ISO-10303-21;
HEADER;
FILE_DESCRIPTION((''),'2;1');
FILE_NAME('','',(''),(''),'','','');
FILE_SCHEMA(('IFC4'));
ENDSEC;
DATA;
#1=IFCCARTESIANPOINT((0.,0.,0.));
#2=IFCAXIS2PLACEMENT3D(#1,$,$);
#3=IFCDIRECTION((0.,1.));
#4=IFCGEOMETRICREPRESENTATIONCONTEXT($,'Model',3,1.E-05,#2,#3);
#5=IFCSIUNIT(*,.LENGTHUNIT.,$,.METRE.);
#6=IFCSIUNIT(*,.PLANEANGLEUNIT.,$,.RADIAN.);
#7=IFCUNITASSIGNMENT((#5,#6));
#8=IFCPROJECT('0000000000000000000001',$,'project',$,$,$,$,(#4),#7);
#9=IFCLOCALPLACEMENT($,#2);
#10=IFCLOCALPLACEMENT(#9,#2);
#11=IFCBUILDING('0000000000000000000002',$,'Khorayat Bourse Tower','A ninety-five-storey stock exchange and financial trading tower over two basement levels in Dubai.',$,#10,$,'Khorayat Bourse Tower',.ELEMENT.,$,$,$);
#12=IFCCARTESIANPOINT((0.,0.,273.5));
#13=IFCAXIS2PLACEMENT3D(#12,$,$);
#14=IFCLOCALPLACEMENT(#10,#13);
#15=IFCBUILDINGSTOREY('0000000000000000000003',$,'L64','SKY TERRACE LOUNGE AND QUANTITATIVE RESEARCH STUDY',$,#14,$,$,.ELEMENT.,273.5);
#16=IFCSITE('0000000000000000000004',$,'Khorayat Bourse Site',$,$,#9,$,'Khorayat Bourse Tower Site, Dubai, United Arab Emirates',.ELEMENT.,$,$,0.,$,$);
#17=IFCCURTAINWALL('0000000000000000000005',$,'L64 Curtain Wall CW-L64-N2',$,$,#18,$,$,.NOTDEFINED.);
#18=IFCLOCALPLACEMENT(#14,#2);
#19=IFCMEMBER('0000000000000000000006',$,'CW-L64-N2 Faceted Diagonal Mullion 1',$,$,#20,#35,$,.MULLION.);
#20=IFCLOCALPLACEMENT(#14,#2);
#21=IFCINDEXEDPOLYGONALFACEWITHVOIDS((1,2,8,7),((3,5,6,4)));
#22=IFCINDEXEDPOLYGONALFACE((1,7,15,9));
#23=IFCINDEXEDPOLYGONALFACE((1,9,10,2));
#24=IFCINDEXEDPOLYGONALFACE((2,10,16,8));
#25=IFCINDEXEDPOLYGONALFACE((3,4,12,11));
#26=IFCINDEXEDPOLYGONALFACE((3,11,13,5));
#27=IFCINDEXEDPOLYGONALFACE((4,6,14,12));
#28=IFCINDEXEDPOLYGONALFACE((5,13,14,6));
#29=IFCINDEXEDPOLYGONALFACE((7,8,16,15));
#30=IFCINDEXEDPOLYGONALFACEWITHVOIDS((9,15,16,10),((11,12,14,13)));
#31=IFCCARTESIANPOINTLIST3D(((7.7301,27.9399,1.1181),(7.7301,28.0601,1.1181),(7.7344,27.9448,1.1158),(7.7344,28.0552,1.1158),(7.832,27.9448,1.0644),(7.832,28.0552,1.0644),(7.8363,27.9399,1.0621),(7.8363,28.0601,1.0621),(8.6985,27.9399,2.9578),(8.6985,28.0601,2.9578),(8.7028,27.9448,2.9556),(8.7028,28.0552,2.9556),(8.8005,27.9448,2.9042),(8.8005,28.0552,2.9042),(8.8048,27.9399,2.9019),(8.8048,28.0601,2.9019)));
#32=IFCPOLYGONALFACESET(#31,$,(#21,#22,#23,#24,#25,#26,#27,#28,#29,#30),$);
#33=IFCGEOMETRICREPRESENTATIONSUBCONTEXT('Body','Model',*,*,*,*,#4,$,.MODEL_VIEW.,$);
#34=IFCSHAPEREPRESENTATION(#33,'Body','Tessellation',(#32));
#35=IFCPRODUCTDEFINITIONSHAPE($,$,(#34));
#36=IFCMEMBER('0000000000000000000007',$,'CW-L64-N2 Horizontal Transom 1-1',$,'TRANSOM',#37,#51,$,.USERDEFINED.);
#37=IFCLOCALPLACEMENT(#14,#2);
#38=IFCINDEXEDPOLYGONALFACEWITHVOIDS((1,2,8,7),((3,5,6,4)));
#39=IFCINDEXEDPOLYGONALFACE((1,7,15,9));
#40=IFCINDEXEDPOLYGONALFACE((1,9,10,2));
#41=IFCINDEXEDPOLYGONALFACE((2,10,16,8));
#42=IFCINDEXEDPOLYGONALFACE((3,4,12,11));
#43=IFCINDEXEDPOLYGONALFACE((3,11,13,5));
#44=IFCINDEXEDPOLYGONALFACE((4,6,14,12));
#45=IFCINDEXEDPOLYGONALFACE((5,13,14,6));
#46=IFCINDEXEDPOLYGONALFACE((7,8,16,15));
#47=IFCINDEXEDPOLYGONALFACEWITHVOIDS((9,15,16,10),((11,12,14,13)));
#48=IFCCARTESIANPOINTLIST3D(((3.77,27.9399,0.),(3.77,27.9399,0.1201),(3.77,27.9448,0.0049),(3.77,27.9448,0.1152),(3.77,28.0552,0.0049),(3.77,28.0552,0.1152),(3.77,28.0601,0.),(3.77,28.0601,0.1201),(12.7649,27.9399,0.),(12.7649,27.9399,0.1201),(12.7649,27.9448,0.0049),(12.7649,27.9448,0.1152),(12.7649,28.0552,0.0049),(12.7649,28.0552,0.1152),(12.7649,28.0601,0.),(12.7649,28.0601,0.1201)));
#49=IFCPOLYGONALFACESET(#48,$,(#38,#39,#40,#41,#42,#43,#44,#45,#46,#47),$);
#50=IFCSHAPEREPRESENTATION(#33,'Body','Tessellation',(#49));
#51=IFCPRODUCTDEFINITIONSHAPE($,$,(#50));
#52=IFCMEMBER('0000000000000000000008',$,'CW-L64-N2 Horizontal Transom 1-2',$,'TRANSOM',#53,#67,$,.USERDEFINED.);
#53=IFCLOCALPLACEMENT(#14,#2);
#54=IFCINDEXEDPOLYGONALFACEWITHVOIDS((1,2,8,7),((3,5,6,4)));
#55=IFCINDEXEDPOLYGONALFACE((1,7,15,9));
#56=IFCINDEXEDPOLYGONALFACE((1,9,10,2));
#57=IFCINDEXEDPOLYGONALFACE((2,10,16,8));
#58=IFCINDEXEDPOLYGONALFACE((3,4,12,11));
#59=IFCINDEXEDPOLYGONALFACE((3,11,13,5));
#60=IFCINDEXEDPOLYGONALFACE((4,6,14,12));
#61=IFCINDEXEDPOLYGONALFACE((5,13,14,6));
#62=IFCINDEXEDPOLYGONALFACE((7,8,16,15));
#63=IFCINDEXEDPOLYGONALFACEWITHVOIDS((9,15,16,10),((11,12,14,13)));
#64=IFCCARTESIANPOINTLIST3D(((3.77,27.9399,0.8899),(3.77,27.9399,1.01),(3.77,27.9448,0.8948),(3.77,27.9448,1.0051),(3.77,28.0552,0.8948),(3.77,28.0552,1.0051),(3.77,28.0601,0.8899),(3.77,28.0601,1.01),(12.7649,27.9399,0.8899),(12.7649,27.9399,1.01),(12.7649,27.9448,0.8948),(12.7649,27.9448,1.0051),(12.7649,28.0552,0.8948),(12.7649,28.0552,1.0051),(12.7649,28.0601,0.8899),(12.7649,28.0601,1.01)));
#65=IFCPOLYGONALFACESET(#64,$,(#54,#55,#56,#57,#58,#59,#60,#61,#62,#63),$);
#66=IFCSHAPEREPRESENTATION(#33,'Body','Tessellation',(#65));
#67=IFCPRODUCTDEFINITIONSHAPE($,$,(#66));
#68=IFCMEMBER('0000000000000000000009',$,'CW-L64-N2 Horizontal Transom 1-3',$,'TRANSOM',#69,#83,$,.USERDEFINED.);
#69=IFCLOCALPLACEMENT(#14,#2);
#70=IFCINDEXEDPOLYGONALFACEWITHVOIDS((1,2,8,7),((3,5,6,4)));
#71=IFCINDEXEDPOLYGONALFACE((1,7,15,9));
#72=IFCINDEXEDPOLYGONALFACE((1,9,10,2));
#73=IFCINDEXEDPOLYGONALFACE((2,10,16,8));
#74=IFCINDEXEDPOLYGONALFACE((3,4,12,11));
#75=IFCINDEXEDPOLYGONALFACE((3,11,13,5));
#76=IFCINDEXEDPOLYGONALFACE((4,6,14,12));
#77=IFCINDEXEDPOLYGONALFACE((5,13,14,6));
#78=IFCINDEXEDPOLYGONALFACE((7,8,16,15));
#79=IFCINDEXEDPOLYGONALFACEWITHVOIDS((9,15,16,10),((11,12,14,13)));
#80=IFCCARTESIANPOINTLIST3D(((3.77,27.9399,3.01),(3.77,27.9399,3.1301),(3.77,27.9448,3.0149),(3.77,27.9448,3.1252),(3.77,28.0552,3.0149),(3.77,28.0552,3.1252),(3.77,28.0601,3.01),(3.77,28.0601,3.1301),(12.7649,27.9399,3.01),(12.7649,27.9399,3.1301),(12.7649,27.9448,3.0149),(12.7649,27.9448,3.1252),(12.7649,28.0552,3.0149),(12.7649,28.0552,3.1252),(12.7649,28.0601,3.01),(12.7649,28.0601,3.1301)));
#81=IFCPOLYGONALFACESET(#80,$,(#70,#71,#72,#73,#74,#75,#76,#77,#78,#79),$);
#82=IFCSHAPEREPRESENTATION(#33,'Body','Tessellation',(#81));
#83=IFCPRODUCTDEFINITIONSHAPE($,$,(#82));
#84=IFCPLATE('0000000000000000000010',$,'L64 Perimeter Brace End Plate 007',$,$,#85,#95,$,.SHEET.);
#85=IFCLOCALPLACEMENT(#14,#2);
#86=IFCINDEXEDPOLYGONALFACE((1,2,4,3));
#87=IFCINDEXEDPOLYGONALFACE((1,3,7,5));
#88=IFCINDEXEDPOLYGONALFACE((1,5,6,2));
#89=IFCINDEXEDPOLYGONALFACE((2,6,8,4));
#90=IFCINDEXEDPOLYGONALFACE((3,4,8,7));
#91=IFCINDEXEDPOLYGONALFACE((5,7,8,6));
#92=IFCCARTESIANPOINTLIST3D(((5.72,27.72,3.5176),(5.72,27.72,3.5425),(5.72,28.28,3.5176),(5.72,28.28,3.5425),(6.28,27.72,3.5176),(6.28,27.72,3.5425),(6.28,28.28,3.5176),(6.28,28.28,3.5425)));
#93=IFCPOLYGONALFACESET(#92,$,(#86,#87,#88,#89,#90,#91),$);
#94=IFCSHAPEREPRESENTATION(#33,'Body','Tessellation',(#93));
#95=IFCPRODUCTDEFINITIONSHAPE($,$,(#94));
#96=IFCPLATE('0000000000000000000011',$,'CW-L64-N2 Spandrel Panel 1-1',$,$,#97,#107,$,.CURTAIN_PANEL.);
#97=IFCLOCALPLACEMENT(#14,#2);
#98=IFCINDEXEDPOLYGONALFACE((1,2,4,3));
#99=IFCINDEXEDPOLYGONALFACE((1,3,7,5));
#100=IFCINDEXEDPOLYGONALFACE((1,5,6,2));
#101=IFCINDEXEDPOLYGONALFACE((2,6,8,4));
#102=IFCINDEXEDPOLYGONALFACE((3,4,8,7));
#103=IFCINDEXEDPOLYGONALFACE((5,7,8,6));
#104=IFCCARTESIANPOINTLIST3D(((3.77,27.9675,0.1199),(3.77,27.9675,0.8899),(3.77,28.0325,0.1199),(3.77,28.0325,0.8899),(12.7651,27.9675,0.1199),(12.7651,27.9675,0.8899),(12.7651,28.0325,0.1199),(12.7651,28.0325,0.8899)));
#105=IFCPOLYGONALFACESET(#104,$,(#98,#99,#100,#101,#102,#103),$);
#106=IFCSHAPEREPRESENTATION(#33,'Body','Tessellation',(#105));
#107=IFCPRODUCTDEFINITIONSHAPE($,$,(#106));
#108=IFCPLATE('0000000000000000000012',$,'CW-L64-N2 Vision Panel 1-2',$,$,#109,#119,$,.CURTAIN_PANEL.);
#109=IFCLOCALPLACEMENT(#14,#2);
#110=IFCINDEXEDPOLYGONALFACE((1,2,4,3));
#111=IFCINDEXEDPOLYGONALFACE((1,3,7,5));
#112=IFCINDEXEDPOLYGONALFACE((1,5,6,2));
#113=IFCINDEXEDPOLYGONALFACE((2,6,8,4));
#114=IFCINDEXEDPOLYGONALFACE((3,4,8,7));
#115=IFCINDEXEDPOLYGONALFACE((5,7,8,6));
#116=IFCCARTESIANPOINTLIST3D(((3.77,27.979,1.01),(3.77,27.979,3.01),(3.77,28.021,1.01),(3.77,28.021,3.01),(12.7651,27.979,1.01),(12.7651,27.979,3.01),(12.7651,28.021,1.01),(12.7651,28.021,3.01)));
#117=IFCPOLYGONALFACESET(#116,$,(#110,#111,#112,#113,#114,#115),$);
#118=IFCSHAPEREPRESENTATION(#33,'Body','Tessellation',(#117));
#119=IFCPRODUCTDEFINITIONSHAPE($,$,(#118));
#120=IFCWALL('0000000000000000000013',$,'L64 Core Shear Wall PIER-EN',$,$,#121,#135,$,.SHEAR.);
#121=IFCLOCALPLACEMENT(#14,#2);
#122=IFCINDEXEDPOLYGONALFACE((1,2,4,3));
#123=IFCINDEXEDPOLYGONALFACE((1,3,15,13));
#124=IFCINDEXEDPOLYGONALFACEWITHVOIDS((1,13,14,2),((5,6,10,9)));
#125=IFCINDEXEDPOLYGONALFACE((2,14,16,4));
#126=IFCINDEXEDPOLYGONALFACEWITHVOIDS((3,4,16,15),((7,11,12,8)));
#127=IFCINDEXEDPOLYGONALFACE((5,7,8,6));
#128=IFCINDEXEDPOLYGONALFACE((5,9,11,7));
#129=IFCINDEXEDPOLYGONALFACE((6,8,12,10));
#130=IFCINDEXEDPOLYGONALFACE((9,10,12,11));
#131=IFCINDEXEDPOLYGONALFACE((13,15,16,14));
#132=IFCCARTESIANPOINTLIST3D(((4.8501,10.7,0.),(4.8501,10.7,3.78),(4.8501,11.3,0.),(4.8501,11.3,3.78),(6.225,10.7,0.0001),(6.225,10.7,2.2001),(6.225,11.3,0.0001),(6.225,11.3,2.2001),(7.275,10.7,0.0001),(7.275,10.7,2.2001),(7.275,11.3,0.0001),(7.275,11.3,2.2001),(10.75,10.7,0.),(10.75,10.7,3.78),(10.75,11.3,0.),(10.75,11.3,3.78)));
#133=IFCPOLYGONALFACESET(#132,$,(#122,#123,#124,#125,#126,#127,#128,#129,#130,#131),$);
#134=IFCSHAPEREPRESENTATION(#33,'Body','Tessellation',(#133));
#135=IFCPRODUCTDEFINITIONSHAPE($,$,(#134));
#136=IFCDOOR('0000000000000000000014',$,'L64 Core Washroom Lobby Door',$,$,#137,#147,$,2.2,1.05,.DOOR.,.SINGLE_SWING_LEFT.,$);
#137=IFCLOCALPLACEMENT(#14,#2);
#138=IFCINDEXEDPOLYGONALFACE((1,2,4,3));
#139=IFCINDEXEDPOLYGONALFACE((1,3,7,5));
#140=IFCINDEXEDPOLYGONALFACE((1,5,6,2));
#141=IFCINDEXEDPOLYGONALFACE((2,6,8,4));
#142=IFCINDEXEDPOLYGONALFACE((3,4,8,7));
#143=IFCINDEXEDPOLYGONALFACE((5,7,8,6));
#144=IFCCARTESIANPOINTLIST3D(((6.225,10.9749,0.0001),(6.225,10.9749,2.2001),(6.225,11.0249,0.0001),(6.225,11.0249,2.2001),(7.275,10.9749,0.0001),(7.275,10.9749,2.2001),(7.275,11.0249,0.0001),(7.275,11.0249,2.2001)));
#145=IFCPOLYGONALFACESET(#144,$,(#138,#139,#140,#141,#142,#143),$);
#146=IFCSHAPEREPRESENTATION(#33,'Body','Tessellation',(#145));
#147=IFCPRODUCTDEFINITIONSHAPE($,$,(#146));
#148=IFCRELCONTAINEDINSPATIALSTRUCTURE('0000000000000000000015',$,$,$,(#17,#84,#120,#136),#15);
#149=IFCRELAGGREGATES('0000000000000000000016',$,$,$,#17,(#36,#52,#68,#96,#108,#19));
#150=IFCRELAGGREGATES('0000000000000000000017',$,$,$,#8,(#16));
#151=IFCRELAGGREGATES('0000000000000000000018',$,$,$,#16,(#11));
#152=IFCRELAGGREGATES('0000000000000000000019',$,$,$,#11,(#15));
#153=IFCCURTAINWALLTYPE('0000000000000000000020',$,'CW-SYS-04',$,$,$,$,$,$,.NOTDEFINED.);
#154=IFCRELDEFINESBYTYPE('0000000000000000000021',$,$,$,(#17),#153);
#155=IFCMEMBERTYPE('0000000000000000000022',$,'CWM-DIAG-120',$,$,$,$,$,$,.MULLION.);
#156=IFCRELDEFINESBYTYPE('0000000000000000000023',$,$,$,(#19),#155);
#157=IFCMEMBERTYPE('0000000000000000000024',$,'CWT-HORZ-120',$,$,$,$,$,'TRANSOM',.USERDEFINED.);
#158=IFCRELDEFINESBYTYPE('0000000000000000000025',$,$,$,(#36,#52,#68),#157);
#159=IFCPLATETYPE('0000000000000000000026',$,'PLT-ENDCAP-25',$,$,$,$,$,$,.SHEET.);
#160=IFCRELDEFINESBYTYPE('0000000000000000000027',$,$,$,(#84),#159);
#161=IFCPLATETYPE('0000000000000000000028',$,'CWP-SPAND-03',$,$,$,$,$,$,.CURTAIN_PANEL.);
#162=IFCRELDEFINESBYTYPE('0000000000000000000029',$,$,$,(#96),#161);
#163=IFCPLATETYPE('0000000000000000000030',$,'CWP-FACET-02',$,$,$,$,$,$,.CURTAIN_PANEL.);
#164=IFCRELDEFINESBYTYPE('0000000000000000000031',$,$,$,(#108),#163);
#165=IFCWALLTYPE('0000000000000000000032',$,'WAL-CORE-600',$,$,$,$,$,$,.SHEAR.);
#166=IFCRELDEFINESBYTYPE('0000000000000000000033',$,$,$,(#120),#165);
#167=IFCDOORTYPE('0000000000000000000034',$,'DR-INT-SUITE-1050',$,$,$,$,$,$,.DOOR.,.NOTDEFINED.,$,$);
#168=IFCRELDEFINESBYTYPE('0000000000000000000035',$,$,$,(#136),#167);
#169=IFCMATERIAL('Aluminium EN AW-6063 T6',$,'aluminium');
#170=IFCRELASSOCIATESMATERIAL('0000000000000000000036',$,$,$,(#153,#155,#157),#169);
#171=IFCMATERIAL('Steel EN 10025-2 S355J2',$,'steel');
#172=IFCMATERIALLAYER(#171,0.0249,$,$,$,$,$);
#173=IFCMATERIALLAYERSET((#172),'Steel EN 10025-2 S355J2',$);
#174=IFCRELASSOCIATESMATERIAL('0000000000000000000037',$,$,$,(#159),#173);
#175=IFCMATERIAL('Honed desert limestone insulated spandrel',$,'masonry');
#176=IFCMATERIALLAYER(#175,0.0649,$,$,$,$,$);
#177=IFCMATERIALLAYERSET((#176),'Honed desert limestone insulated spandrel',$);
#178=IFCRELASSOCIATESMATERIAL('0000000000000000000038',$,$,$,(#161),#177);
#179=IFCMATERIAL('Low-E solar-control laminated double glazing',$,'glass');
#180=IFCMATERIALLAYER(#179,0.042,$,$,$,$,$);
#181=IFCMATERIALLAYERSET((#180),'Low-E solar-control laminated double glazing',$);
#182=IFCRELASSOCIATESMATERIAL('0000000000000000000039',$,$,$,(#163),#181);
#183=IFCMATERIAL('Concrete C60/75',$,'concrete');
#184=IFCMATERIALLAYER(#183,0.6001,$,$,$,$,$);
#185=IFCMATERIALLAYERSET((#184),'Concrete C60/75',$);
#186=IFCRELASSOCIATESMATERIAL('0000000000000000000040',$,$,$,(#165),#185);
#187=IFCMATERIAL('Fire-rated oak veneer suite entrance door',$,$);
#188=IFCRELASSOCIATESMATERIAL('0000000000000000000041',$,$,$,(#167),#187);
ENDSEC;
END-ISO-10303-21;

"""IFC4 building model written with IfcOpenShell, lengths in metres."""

from ifc_helpers import new_model, si_unit, direction, frame, frame_2d, origin, origin_2d, place, context, subcontext, project, spatial, rectangle, hollow_rectangle, extrude, source, transform, mapped, material, layer, layer_set, material_profile, profile_set, type_object, element, fill, aggregate, save


model = new_model("IFC4")

# Units and contexts
model_context = context("Model", 3, precision=1e-05, world=origin(), true_north=direction((0.0, 1.0)))
body_context = subcontext(model_context, "Body", "Model", "MODEL_VIEW")
ifc_project = project(units=[si_unit("LENGTHUNIT", "METRE"), si_unit("PLANEANGLEUNIT", "RADIAN")], contexts=[model_context])

# Site, building, storey
site_placement = place(None, origin())
site = spatial("IfcSite", under=ifc_project, at=site_placement, Name="Khorayat Bourse Site", LongName="Khorayat Bourse Tower Site, Dubai, United Arab Emirates", CompositionType="ELEMENT", RefElevation=0.0)
building_placement = place(site_placement, origin())
building = spatial("IfcBuilding", under=site, at=building_placement, Name="Khorayat Bourse Tower", Description="A ninety-five-storey stock exchange and financial trading tower over two basement levels in Dubai.", LongName="Khorayat Bourse Tower", CompositionType="ELEMENT")
storey_placement = place(building_placement, frame((0.0, 0.0, 273.5)))
storey = spatial("IfcBuildingStorey", under=building, at=storey_placement, Name="L64", Description="SKY TERRACE LOUNGE AND QUANTITATIVE RESEARCH STUDY", CompositionType="ELEMENT", Elevation=273.5)

# Shared definitions
ifc_material_1 = material(Name="Concrete C60/75", Category="concrete")

# Shared definitions
ifc_material_2 = material(Name="Aluminium EN AW-6063 T6", Category="aluminium")
curtain_wall_type = type_object("IfcCurtainWallType", Name="CW-SYS-04", PredefinedType="NOTDEFINED", material=ifc_material_2)

# Curtain wall, members
curtain_wall_1_placement = place(storey_placement, origin())
curtain_wall_1 = element("IfcCurtainWall", 1, at=curtain_wall_1_placement, inside=storey, type_object=curtain_wall_type, Name="L64 Curtain Wall CW-L64-N2", PredefinedType="NOTDEFINED")
ifc_material_profile_1 = material_profile(ifc_material_2, hollow_rectangle(XDim=0.1201, YDim=0.1201, WallThickness=0.0049, at=origin_2d()), Name="ALU 120x120x5")
ifc_profile_set_1 = profile_set([ifc_material_profile_1], Name="Aluminium EN AW-6063 T6")
member_type_1 = type_object("IfcMemberType", Name="CWM-DIAG-120", PredefinedType="MULLION", material=ifc_profile_set_1)
shared_shape_1 = source(origin(), body_context, "Body", "SweptSolid", [
    extrude(hollow_rectangle(XDim=0.1201, YDim=0.1201, WallThickness=0.0049, at=origin_2d()), origin(), (0.0, 0.0, 1.0), 2.0791),
])
member_1_placement = place(storey_placement, frame((7.7832, 28.0, 1.0901), z_axis=(0.465809, 0.0, 0.884885), x_axis=(0.0, 1.0, 0.0)))
member_1 = element("IfcMember", 2, at=member_1_placement, type_object=member_type_1, Name="CW-L64-N2 Faceted Diagonal Mullion 1", PredefinedType="MULLION", context=body_context, shape_type="MappedRepresentation", body=[
    mapped(shared_shape_1, transform((0.0, 0.0, 0.0), scale=1.0)),
])
ifc_material_profile_2 = material_profile(ifc_material_2, hollow_rectangle(XDim=0.1201, YDim=0.1201, WallThickness=0.0049, at=origin_2d()), Name="ALU 120x120x5")
ifc_profile_set_2 = profile_set([ifc_material_profile_2], Name="Aluminium EN AW-6063 T6")
member_type_2 = type_object("IfcMemberType", Name="CWT-HORZ-120", ElementType="TRANSOM", PredefinedType="USERDEFINED", material=ifc_profile_set_2)
shared_shape_2 = source(origin(), body_context, "Body", "SweptSolid", [
    extrude(hollow_rectangle(XDim=0.1201, YDim=0.1201, WallThickness=0.0049, at=origin_2d()), origin(), (0.0, 0.0, 1.0), 8.9949),
])
member_2_placement = place(storey_placement, frame((3.77, 28.0, 0.0601), z_axis=(1.0, 0.0, 0.0), x_axis=(0.0, 1.0, 0.0)))
member_2 = element("IfcMember", 3, at=member_2_placement, type_object=member_type_2, Name="CW-L64-N2 Horizontal Transom 1-1", ObjectType="TRANSOM", PredefinedType="USERDEFINED", context=body_context, shape_type="MappedRepresentation", body=[
    mapped(shared_shape_2, transform((0.0, 0.0, 0.0), scale=1.0)),
])
member_3_placement = place(storey_placement, frame((3.77, 28.0, 0.95), z_axis=(1.0, 0.0, 0.0), x_axis=(0.0, 1.0, 0.0)))
member_3 = element("IfcMember", 4, at=member_3_placement, type_object=member_type_2, Name="CW-L64-N2 Horizontal Transom 1-2", ObjectType="TRANSOM", PredefinedType="USERDEFINED", context=body_context, shape_type="MappedRepresentation", body=[
    mapped(shared_shape_2, transform((0.0, 0.0, 0.0), scale=1.0)),
])
member_4_placement = place(storey_placement, frame((3.77, 28.0, 3.0701), z_axis=(1.0, 0.0, 0.0), x_axis=(0.0, 1.0, 0.0)))
member_4 = element("IfcMember", 5, at=member_4_placement, type_object=member_type_2, Name="CW-L64-N2 Horizontal Transom 1-3", ObjectType="TRANSOM", PredefinedType="USERDEFINED", context=body_context, shape_type="MappedRepresentation", body=[
    mapped(shared_shape_2, transform((0.0, 0.0, 0.0), scale=1.0)),
])

# Plates
ifc_material_3 = material(Name="Steel EN 10025-2 S355J2", Category="steel")
ifc_layer_1 = layer(ifc_material_3, 0.0249)
ifc_layer_set_1 = layer_set([ifc_layer_1], Name="Steel EN 10025-2 S355J2")
plate_type_1 = type_object("IfcPlateType", Name="PLT-ENDCAP-25", PredefinedType="SHEET", material=ifc_layer_set_1)
shared_shape_3 = source(origin(), body_context, "Body", "SweptSolid", [
    extrude(rectangle(XDim=0.5601, YDim=0.5601, at=origin_2d()), origin(), (0.0, 0.0, 1.0), 0.0249),
])
plate_1_placement = place(storey_placement, frame((6.0, 28.0, 3.5176), z_axis=(0.0, 0.0, 1.0), x_axis=(1.0, 0.0, 0.0)))
element("IfcPlate", 6, at=plate_1_placement, inside=storey, type_object=plate_type_1, Name="L64 Perimeter Brace End Plate 007", PredefinedType="SHEET", context=body_context, shape_type="MappedRepresentation", body=[
    mapped(shared_shape_3, transform((0.0, 0.0, 0.0), scale=1.0)),
])
ifc_material_4 = material(Name="Honed desert limestone insulated spandrel", Category="masonry")
ifc_layer_2 = layer(ifc_material_4, 0.0649)
ifc_layer_set_2 = layer_set([ifc_layer_2], Name="Honed desert limestone insulated spandrel")
plate_type_2 = type_object("IfcPlateType", Name="CWP-SPAND-03", PredefinedType="CURTAIN_PANEL", material=ifc_layer_set_2)
shared_shape_4 = source(origin(), body_context, "Body", "SweptSolid", [
    extrude(rectangle(XDim=8.9951, YDim=0.0649, at=origin_2d()), origin(), (0.0, 0.0, 1.0), 0.77),
])
plate_2_placement = place(storey_placement, frame((8.2676, 28.0, 0.1199), z_axis=(0.0, 0.0, 1.0), x_axis=(1.0, 0.0, 0.0)))
plate_2 = element("IfcPlate", 7, at=plate_2_placement, type_object=plate_type_2, Name="CW-L64-N2 Spandrel Panel 1-1", PredefinedType="CURTAIN_PANEL", context=body_context, shape_type="MappedRepresentation", body=[
    mapped(shared_shape_4, transform((0.0, 0.0, 0.0), scale=1.0)),
])
ifc_material_5 = material(Name="Low-E solar-control laminated double glazing", Category="glass")
ifc_layer_3 = layer(ifc_material_5, 0.042)
ifc_layer_set_3 = layer_set([ifc_layer_3], Name="Low-E solar-control laminated double glazing")
plate_type_3 = type_object("IfcPlateType", Name="CWP-FACET-02", PredefinedType="CURTAIN_PANEL", material=ifc_layer_set_3)
shared_shape_5 = source(origin(), body_context, "Body", "SweptSolid", [
    extrude(rectangle(XDim=8.9951, YDim=0.042, at=origin_2d()), origin(), (0.0, 0.0, 1.0), 2.0),
])
plate_3_placement = place(storey_placement, frame((8.2676, 28.0, 1.01), z_axis=(0.0, 0.0, 1.0), x_axis=(1.0, 0.0, 0.0)))
plate_3 = element("IfcPlate", 8, at=plate_3_placement, type_object=plate_type_3, Name="CW-L64-N2 Vision Panel 1-2", PredefinedType="CURTAIN_PANEL", context=body_context, shape_type="MappedRepresentation", body=[
    mapped(shared_shape_5, transform((0.0, 0.0, 0.0), scale=1.0)),
])
aggregate(curtain_wall_1, [member_2, member_3, member_4, plate_2, plate_3, member_1])

# Wall, opening, door
ifc_layer_4 = layer(ifc_material_1, 0.6001)
ifc_layer_set_4 = layer_set([ifc_layer_4], Name="Concrete C60/75")
wall_type_1 = type_object("IfcWallType", Name="WAL-CORE-600", PredefinedType="SHEAR", material=ifc_layer_set_4)
shared_shape_6 = source(origin(), body_context, "Body", "SweptSolid", [
    extrude(rectangle(XDim=5.8999, YDim=0.6001, at=frame_2d((2.95, 0.0))), origin(), (0.0, 0.0, 1.0), 3.78),
])
wall_1_placement = place(storey_placement, frame((4.8501, 11.0, 0.0), z_axis=(0.0, 0.0, 1.0), x_axis=(1.0, 0.0, 0.0)))
wall_1 = element("IfcWall", 9, at=wall_1_placement, inside=storey, type_object=wall_type_1, Name="L64 Core Shear Wall PIER-EN", PredefinedType="SHEAR", context=body_context, shape_type="MappedRepresentation", body=[
    mapped(shared_shape_6, transform((0.0, 0.0, 0.0), scale=1.0)),
])
shared_shape_7 = source(origin(), body_context, "Body", "SweptSolid", [
    extrude(rectangle(XDim=1.05, YDim=2.2, at=frame_2d((0.5249, 1.1001))), frame((0.0, 0.3101, 0.0), z_axis=(0.0, -1.0, 0.0), x_axis=(1.0, 0.0, 0.0)), (0.0, 0.0, 1.0), 0.6201),
])
opening_1_placement = place(wall_1_placement, frame((1.375, 0.0, 0.0)))
opening_1 = element("IfcOpeningElement", 10, at=opening_1_placement, cuts=wall_1, PredefinedType="OPENING", context=body_context, shape_type="MappedRepresentation", body=[
    mapped(shared_shape_7, transform((0.0, 0.0, 0.0), scale=1.0)),
])
ifc_material_6 = material(Name="Fire-rated oak veneer suite entrance door")
door_type_1 = type_object("IfcDoorType", Name="DR-INT-SUITE-1050", OperationType="NOTDEFINED", PredefinedType="DOOR", material=ifc_material_6)
shared_shape_8 = source(origin(), body_context, "Body", "SweptSolid", [
    extrude(rectangle(XDim=1.05, YDim=2.2, at=frame_2d((0.5249, 1.1001))), frame((0.0, 0.0249, 0.0), z_axis=(0.0, -1.0, 0.0), x_axis=(1.0, 0.0, 0.0)), (0.0, 0.0, 1.0), 0.05),
])
door_1_placement = place(opening_1_placement, origin())
door_1 = element("IfcDoor", 11, at=door_1_placement, inside=storey, type_object=door_type_1, Name="L64 Core Washroom Lobby Door", OperationType="SINGLE_SWING_LEFT", OverallHeight=2.2, OverallWidth=1.05, PredefinedType="DOOR", context=body_context, shape_type="MappedRepresentation", body=[
    mapped(shared_shape_8, transform((0.0, 0.0, 0.0), scale=1.0)),
])
fill(opening_1, door_1)

save(model, "model.ifc")
